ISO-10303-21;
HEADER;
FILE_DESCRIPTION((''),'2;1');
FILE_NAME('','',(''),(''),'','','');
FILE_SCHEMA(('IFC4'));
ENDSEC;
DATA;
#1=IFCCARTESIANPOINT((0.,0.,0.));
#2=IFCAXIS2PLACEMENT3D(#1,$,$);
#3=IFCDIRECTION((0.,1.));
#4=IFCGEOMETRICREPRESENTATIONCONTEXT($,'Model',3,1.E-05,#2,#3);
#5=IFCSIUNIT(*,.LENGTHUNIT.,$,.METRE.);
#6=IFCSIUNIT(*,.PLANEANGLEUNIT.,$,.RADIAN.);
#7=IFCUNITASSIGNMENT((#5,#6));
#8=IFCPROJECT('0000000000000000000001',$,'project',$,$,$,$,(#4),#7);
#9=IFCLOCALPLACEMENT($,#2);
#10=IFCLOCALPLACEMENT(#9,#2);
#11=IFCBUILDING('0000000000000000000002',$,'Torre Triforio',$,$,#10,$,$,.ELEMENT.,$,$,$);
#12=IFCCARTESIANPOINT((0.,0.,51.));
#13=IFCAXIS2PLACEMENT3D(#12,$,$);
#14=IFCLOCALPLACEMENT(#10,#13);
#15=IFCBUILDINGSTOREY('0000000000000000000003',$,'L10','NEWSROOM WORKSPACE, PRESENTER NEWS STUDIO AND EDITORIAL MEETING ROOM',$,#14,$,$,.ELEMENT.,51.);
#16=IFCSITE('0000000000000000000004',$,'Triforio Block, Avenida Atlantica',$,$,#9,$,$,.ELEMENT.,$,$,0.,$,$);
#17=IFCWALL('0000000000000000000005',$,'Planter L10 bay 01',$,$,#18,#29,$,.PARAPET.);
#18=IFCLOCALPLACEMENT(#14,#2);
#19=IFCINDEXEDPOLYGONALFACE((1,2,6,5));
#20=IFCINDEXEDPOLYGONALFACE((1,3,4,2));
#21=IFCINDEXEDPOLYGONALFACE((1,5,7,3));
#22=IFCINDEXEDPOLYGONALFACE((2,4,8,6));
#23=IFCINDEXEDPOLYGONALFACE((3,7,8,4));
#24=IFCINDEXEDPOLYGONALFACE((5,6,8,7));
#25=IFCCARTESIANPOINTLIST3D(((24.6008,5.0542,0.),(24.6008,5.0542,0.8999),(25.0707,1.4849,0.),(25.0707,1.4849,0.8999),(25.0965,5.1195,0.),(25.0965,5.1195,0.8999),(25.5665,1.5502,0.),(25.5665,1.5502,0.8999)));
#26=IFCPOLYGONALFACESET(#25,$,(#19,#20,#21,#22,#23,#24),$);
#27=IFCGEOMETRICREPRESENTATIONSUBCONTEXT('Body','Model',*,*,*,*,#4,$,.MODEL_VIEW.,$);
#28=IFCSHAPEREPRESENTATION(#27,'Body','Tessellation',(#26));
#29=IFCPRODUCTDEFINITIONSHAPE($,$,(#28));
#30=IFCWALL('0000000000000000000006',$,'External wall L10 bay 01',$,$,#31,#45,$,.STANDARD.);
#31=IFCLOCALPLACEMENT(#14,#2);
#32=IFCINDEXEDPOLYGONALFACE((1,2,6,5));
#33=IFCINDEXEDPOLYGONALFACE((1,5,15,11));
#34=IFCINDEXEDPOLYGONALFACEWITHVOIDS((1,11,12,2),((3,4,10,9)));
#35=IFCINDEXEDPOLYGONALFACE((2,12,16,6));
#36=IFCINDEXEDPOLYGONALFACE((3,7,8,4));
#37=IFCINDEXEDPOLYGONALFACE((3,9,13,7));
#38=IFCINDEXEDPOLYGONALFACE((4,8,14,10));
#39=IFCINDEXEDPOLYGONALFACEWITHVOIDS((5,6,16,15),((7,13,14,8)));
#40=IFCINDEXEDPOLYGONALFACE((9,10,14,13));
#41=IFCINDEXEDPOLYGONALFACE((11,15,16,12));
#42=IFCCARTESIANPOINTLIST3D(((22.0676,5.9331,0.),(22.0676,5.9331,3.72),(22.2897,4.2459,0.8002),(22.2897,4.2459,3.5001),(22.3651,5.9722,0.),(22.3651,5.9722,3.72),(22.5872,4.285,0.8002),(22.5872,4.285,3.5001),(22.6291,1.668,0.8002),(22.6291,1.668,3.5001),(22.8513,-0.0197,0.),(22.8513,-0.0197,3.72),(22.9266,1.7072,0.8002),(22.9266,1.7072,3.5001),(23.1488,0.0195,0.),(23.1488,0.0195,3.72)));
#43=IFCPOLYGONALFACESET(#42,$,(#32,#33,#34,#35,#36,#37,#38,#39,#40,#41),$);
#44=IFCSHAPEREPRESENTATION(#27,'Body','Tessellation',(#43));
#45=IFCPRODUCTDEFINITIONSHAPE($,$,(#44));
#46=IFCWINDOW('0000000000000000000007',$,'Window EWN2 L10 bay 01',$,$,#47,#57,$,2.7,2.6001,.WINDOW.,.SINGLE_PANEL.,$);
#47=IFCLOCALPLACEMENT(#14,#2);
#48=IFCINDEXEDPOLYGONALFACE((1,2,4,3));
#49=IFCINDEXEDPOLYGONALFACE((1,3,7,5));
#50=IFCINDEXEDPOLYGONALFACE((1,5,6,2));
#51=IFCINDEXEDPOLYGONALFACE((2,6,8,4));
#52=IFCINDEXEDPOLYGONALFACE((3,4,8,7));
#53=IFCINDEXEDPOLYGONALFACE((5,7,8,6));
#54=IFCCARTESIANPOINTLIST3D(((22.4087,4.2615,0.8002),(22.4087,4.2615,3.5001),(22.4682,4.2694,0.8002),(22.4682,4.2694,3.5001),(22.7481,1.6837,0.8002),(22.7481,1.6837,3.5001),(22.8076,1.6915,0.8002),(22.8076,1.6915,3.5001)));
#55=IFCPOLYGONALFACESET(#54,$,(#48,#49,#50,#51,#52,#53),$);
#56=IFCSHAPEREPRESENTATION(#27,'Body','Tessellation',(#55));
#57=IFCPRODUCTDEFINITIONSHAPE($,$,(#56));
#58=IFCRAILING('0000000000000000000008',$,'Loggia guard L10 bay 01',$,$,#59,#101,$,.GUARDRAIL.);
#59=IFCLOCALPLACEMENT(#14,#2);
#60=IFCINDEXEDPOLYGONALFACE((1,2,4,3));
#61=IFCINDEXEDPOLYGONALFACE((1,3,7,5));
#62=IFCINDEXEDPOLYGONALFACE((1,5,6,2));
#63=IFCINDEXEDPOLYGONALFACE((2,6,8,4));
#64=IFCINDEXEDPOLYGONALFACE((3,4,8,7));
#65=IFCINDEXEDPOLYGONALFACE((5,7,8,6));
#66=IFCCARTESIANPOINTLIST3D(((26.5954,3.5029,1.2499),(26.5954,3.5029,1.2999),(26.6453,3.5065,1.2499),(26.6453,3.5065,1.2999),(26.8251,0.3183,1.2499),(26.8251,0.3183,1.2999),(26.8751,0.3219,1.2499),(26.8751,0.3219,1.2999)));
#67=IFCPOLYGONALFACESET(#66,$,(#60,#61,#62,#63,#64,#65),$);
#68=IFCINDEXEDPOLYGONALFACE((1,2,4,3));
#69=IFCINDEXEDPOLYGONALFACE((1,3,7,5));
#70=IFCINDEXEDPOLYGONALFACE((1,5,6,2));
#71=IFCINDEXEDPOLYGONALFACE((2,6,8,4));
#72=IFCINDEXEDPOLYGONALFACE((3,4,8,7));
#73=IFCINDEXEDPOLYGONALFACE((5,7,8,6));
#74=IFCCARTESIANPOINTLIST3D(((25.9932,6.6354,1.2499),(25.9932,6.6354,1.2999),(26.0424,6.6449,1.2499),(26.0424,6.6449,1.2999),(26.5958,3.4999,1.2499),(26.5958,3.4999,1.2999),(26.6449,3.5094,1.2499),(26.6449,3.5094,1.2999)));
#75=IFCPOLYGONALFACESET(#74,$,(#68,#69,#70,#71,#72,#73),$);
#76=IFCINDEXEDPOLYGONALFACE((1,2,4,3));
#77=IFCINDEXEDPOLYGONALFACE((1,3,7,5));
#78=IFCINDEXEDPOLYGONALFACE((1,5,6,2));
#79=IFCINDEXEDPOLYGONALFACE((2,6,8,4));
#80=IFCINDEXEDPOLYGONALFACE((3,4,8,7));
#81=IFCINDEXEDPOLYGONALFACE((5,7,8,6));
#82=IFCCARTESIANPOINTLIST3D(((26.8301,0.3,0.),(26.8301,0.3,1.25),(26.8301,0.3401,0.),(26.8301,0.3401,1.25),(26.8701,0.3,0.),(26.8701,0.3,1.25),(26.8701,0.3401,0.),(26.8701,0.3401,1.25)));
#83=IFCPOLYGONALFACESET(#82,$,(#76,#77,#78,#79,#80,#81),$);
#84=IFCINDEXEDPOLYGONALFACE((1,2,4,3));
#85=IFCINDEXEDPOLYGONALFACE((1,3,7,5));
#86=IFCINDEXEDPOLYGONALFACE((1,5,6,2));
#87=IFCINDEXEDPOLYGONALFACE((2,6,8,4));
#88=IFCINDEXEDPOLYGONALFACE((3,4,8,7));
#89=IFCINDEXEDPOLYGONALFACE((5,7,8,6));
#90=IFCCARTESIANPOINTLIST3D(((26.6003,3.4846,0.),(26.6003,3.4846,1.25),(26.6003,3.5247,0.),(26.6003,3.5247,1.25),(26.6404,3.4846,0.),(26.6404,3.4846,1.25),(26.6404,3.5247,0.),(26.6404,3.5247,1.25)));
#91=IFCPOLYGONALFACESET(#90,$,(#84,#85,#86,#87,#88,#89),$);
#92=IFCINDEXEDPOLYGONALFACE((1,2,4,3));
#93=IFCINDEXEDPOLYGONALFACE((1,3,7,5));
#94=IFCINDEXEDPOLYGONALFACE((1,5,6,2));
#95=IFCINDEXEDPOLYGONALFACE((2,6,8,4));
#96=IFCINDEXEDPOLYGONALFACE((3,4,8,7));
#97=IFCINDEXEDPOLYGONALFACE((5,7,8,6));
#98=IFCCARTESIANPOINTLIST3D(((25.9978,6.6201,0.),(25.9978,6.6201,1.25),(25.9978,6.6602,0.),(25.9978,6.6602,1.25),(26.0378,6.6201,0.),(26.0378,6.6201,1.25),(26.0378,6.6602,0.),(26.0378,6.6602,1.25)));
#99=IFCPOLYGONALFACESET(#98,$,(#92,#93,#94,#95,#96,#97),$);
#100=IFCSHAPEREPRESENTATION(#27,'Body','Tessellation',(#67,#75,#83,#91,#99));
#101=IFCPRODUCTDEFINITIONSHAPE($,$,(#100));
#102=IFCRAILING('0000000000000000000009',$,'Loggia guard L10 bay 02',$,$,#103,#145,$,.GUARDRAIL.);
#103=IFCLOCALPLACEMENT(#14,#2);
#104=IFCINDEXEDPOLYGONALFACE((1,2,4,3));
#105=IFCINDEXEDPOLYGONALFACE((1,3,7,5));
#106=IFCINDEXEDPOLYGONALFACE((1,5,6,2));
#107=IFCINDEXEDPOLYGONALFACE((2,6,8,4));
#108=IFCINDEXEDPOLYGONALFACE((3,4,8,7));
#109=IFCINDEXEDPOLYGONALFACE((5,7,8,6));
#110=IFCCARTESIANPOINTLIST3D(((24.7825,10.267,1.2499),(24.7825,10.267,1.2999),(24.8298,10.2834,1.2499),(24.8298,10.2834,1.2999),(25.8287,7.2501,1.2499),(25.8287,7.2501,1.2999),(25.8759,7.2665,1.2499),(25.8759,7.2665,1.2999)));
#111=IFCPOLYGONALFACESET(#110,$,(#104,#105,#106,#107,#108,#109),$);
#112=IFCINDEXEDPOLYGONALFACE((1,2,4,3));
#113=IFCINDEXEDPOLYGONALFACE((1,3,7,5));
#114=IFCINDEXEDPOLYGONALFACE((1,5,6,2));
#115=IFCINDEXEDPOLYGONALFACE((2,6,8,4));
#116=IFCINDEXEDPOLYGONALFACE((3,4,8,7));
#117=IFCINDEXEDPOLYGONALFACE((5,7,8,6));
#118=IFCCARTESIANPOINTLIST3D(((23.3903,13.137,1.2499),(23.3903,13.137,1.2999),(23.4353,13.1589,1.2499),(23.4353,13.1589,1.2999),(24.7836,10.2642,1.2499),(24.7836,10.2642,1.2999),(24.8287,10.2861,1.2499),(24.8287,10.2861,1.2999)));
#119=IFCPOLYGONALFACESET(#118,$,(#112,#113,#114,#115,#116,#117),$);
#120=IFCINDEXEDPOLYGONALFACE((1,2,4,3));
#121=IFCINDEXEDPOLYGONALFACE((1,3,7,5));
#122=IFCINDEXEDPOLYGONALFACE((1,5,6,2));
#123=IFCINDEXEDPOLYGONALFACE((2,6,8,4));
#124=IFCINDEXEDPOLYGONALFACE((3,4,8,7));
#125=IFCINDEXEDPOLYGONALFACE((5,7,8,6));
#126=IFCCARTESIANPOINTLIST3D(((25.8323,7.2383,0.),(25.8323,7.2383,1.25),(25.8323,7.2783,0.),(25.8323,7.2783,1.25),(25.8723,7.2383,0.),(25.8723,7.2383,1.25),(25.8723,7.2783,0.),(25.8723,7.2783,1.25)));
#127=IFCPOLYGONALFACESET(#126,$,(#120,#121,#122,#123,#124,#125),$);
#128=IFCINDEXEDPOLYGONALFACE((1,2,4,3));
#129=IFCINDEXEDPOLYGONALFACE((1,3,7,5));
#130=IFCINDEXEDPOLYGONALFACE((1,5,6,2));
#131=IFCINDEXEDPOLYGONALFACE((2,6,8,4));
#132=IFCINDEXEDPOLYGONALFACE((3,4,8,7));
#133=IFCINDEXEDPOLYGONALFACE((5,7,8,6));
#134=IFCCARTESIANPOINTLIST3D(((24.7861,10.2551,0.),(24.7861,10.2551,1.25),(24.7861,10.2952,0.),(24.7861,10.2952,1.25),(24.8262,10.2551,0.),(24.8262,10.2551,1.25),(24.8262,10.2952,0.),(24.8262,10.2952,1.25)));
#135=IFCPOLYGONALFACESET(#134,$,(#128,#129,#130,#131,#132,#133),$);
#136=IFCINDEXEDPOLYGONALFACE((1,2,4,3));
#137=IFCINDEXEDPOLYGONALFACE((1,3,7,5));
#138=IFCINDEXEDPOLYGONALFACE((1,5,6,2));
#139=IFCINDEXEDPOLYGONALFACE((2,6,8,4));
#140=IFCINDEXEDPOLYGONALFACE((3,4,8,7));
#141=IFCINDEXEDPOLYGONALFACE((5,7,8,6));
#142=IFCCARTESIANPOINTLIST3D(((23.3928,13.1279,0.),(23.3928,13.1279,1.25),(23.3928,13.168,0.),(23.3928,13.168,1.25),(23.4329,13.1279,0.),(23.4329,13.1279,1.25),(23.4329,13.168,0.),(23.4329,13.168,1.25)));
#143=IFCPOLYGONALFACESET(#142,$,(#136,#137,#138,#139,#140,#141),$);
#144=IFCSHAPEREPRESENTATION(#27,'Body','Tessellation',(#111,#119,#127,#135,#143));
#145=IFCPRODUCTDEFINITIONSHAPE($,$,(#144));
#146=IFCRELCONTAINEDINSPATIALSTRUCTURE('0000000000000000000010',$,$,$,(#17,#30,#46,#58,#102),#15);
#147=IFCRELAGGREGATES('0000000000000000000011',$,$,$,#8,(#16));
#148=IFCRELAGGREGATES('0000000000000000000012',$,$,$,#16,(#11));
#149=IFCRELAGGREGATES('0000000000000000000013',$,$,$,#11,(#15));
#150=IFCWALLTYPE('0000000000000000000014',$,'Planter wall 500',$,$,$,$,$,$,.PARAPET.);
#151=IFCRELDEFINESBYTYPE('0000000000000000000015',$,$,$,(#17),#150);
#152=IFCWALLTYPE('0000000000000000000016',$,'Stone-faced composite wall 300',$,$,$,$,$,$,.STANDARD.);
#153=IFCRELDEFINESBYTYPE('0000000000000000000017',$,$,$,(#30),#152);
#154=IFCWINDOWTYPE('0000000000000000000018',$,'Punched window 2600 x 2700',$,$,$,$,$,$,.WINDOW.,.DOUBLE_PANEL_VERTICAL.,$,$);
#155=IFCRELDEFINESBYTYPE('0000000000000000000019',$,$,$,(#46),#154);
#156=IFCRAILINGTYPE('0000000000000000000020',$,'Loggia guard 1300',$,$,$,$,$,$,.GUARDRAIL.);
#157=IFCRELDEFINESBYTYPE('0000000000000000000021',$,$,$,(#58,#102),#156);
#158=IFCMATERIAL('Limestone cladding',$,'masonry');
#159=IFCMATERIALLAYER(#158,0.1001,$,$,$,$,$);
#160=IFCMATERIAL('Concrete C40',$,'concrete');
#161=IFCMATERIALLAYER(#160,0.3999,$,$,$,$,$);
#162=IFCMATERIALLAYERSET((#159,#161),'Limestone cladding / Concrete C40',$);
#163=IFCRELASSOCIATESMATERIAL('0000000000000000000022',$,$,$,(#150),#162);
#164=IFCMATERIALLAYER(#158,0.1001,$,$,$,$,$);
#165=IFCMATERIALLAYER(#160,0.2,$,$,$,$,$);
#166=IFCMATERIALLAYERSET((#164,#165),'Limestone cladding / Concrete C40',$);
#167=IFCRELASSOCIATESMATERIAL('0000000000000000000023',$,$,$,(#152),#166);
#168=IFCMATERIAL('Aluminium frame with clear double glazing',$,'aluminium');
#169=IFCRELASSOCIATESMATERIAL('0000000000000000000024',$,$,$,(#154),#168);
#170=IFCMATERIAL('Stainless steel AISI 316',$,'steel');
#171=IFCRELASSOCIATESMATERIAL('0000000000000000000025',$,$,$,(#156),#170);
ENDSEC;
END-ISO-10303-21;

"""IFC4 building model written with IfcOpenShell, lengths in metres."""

from ifc_helpers import new_model, si_unit, direction, frame, frame_2d, origin, origin_2d, place, context, subcontext, project, spatial, rectangle, extrude, material, layer, layer_set, type_object, element, fill, save


model = new_model("IFC4")

# Units and contexts
model_context = context("Model", 3, precision=1e-05, world=origin(), true_north=direction((0.0, 1.0)))
body_context = subcontext(model_context, "Body", "Model", "MODEL_VIEW")
ifc_project = project(units=[si_unit("LENGTHUNIT", "METRE"), si_unit("PLANEANGLEUNIT", "RADIAN")], contexts=[model_context])

# Site, building, storey
site_placement = place(None, origin())
site = spatial("IfcSite", under=ifc_project, at=site_placement, Name="Triforio Block, Avenida Atlantica", CompositionType="ELEMENT", RefElevation=0.0)
building_placement = place(site_placement, origin())
building = spatial("IfcBuilding", under=site, at=building_placement, Name="Torre Triforio", CompositionType="ELEMENT")
storey_placement = place(building_placement, frame((0.0, 0.0, 51.0)))
storey = spatial("IfcBuildingStorey", under=building, at=storey_placement, Name="L10", Description="NEWSROOM WORKSPACE, PRESENTER NEWS STUDIO AND EDITORIAL MEETING ROOM", CompositionType="ELEMENT", Elevation=51.0)

# Wall
ifc_material_1 = material(Name="Limestone cladding", Category="masonry")
ifc_layer_1 = layer(ifc_material_1, 0.1001)
ifc_material_2 = material(Name="Concrete C40", Category="concrete")
ifc_layer_2 = layer(ifc_material_2, 0.3999)
ifc_layer_set_1 = layer_set([ifc_layer_1, ifc_layer_2], Name="Limestone cladding / Concrete C40")
wall_type_1 = type_object("IfcWallType", Name="Planter wall 500", PredefinedType="PARAPET", material=ifc_layer_set_1)
wall_1_placement = place(storey_placement, frame((25.3186, 1.5176, 0.0), z_axis=(0.0, 0.0, 1.0), x_axis=(-0.130542, 0.991443, 0.0)))
element("IfcWall", 1, at=wall_1_placement, inside=storey, type_object=wall_type_1, Name="Planter L10 bay 01", PredefinedType="PARAPET", context=body_context, shape_type="SweptSolid", body=[
    extrude(rectangle(XDim=3.6001, YDim=0.5, at=frame_2d((1.8, 0.0))), origin(), (0.0, 0.0, 1.0), 0.8999),
])

# Wall, opening, window
ifc_layer_3 = layer(ifc_material_1, 0.1001)
ifc_layer_4 = layer(ifc_material_2, 0.2)
ifc_layer_set_2 = layer_set([ifc_layer_3, ifc_layer_4], Name="Limestone cladding / Concrete C40")
wall_type_2 = type_object("IfcWallType", Name="Stone-faced composite wall 300", PredefinedType="STANDARD", material=ifc_layer_set_2)
wall_2_placement = place(storey_placement, frame((23.0, 0.0, 0.0), z_axis=(0.0, 0.0, 1.0), x_axis=(-0.130523, 0.991445, 0.0)))
wall_2 = element("IfcWall", 2, at=wall_2_placement, inside=storey, type_object=wall_type_2, Name="External wall L10 bay 01", PredefinedType="STANDARD", context=body_context, shape_type="SweptSolid", body=[
    extrude(rectangle(XDim=6.0042, YDim=0.3, at=frame_2d((3.002, 0.0))), origin(), (0.0, 0.0, 1.0), 3.72),
])
opening_1_placement = place(wall_2_placement, frame((1.7021, 0.0, 0.8)))
opening_1 = element("IfcOpeningElement", 3, at=opening_1_placement, cuts=wall_2, PredefinedType="OPENING", context=body_context, shape_type="SweptSolid", body=[
    extrude(rectangle(XDim=2.6001, YDim=2.7, at=frame_2d((1.3, 1.3501))), frame((0.0, 0.1599, 0.0), z_axis=(0.0, -1.0, 0.0), x_axis=(1.0, 0.0, 0.0)), (0.0, 0.0, 1.0), 0.3201),
])
ifc_material_3 = material(Name="Aluminium frame with clear double glazing", Category="aluminium")
window_type_1 = type_object("IfcWindowType", Name="Punched window 2600 x 2700", PartitioningType="DOUBLE_PANEL_VERTICAL", PredefinedType="WINDOW", material=ifc_material_3)
window_1_placement = place(opening_1_placement, origin())
window_1 = element("IfcWindow", 4, at=window_1_placement, inside=storey, type_object=window_type_1, Name="Window EWN2 L10 bay 01", OverallHeight=2.7, OverallWidth=2.6001, PartitioningType="SINGLE_PANEL", PredefinedType="WINDOW", context=body_context, shape_type="SweptSolid", body=[
    extrude(rectangle(XDim=2.6001, YDim=2.7, at=frame_2d((1.3, 1.3501))), frame((0.0, 0.03, 0.0), z_axis=(0.0, -1.0, 0.0), x_axis=(1.0, 0.0, 0.0)), (0.0, 0.0, 1.0), 0.0601),
])
fill(opening_1, window_1)

# Railings
ifc_material_4 = material(Name="Stainless steel AISI 316", Category="steel")
railing_type = type_object("IfcRailingType", Name="Loggia guard 1300", PredefinedType="GUARDRAIL", material=ifc_material_4)
railing_1_placement = place(storey_placement, frame((26.8501, 0.3201, 0.0)))
element("IfcRailing", 5, at=railing_1_placement, inside=storey, type_object=railing_type, Name="Loggia guard L10 bay 01", PredefinedType="GUARDRAIL", context=body_context, shape_type="SweptSolid", body=[
    extrude(rectangle(XDim=0.05, YDim=0.05, at=origin_2d()), frame((0.0, 0.0, 1.2749), z_axis=(-0.071953, 0.997408, 0.0), x_axis=(-0.997408, -0.071953, 0.0)), (0.0, 0.0, 1.0), 3.1929),
    extrude(rectangle(XDim=0.05, YDim=0.05, at=origin_2d()), frame((-0.2297, 3.1846, 1.2749), z_axis=(-0.188714, 0.982032, 0.0), x_axis=(-0.982032, -0.188714, 0.0)), (0.0, 0.0, 1.0), 3.1929),
    extrude(rectangle(XDim=0.04, YDim=0.04, at=origin_2d()), origin(), (0.0, 0.0, 1.0), 1.25),
    extrude(rectangle(XDim=0.04, YDim=0.04, at=origin_2d()), frame((-0.2297, 3.1846, 0.0)), (0.0, 0.0, 1.0), 1.25),
    extrude(rectangle(XDim=0.04, YDim=0.04, at=origin_2d()), frame((-0.8323, 6.3201, 0.0)), (0.0, 0.0, 1.0), 1.25),
])
railing_2_placement = place(storey_placement, frame((25.8523, 7.2583, 0.0)))
element("IfcRailing", 6, at=railing_2_placement, inside=storey, type_object=railing_type, Name="Loggia guard L10 bay 02", PredefinedType="GUARDRAIL", context=body_context, shape_type="SweptSolid", body=[
    extrude(rectangle(XDim=0.05, YDim=0.05, at=origin_2d()), frame((0.0, 0.0, 1.2749), z_axis=(-0.327628, 0.944807, 0.0), x_axis=(-0.944807, -0.327628, 0.0)), (0.0, 0.0, 1.0), 3.1931),
    extrude(rectangle(XDim=0.05, YDim=0.05, at=origin_2d()), frame((-1.0461, 3.0168, 1.2749), z_axis=(-0.436384, 0.89976, 0.0), x_axis=(-0.89976, -0.436384, 0.0)), (0.0, 0.0, 1.0), 3.1929),
    extrude(rectangle(XDim=0.04, YDim=0.04, at=origin_2d()), origin(), (0.0, 0.0, 1.0), 1.25),
    extrude(rectangle(XDim=0.04, YDim=0.04, at=origin_2d()), frame((-1.0461, 3.0168, 0.0)), (0.0, 0.0, 1.0), 1.25),
    extrude(rectangle(XDim=0.04, YDim=0.04, at=origin_2d()), frame((-2.4395, 5.8896, 0.0)), (0.0, 0.0, 1.0), 1.25),
])

save(model, "model.ifc")
